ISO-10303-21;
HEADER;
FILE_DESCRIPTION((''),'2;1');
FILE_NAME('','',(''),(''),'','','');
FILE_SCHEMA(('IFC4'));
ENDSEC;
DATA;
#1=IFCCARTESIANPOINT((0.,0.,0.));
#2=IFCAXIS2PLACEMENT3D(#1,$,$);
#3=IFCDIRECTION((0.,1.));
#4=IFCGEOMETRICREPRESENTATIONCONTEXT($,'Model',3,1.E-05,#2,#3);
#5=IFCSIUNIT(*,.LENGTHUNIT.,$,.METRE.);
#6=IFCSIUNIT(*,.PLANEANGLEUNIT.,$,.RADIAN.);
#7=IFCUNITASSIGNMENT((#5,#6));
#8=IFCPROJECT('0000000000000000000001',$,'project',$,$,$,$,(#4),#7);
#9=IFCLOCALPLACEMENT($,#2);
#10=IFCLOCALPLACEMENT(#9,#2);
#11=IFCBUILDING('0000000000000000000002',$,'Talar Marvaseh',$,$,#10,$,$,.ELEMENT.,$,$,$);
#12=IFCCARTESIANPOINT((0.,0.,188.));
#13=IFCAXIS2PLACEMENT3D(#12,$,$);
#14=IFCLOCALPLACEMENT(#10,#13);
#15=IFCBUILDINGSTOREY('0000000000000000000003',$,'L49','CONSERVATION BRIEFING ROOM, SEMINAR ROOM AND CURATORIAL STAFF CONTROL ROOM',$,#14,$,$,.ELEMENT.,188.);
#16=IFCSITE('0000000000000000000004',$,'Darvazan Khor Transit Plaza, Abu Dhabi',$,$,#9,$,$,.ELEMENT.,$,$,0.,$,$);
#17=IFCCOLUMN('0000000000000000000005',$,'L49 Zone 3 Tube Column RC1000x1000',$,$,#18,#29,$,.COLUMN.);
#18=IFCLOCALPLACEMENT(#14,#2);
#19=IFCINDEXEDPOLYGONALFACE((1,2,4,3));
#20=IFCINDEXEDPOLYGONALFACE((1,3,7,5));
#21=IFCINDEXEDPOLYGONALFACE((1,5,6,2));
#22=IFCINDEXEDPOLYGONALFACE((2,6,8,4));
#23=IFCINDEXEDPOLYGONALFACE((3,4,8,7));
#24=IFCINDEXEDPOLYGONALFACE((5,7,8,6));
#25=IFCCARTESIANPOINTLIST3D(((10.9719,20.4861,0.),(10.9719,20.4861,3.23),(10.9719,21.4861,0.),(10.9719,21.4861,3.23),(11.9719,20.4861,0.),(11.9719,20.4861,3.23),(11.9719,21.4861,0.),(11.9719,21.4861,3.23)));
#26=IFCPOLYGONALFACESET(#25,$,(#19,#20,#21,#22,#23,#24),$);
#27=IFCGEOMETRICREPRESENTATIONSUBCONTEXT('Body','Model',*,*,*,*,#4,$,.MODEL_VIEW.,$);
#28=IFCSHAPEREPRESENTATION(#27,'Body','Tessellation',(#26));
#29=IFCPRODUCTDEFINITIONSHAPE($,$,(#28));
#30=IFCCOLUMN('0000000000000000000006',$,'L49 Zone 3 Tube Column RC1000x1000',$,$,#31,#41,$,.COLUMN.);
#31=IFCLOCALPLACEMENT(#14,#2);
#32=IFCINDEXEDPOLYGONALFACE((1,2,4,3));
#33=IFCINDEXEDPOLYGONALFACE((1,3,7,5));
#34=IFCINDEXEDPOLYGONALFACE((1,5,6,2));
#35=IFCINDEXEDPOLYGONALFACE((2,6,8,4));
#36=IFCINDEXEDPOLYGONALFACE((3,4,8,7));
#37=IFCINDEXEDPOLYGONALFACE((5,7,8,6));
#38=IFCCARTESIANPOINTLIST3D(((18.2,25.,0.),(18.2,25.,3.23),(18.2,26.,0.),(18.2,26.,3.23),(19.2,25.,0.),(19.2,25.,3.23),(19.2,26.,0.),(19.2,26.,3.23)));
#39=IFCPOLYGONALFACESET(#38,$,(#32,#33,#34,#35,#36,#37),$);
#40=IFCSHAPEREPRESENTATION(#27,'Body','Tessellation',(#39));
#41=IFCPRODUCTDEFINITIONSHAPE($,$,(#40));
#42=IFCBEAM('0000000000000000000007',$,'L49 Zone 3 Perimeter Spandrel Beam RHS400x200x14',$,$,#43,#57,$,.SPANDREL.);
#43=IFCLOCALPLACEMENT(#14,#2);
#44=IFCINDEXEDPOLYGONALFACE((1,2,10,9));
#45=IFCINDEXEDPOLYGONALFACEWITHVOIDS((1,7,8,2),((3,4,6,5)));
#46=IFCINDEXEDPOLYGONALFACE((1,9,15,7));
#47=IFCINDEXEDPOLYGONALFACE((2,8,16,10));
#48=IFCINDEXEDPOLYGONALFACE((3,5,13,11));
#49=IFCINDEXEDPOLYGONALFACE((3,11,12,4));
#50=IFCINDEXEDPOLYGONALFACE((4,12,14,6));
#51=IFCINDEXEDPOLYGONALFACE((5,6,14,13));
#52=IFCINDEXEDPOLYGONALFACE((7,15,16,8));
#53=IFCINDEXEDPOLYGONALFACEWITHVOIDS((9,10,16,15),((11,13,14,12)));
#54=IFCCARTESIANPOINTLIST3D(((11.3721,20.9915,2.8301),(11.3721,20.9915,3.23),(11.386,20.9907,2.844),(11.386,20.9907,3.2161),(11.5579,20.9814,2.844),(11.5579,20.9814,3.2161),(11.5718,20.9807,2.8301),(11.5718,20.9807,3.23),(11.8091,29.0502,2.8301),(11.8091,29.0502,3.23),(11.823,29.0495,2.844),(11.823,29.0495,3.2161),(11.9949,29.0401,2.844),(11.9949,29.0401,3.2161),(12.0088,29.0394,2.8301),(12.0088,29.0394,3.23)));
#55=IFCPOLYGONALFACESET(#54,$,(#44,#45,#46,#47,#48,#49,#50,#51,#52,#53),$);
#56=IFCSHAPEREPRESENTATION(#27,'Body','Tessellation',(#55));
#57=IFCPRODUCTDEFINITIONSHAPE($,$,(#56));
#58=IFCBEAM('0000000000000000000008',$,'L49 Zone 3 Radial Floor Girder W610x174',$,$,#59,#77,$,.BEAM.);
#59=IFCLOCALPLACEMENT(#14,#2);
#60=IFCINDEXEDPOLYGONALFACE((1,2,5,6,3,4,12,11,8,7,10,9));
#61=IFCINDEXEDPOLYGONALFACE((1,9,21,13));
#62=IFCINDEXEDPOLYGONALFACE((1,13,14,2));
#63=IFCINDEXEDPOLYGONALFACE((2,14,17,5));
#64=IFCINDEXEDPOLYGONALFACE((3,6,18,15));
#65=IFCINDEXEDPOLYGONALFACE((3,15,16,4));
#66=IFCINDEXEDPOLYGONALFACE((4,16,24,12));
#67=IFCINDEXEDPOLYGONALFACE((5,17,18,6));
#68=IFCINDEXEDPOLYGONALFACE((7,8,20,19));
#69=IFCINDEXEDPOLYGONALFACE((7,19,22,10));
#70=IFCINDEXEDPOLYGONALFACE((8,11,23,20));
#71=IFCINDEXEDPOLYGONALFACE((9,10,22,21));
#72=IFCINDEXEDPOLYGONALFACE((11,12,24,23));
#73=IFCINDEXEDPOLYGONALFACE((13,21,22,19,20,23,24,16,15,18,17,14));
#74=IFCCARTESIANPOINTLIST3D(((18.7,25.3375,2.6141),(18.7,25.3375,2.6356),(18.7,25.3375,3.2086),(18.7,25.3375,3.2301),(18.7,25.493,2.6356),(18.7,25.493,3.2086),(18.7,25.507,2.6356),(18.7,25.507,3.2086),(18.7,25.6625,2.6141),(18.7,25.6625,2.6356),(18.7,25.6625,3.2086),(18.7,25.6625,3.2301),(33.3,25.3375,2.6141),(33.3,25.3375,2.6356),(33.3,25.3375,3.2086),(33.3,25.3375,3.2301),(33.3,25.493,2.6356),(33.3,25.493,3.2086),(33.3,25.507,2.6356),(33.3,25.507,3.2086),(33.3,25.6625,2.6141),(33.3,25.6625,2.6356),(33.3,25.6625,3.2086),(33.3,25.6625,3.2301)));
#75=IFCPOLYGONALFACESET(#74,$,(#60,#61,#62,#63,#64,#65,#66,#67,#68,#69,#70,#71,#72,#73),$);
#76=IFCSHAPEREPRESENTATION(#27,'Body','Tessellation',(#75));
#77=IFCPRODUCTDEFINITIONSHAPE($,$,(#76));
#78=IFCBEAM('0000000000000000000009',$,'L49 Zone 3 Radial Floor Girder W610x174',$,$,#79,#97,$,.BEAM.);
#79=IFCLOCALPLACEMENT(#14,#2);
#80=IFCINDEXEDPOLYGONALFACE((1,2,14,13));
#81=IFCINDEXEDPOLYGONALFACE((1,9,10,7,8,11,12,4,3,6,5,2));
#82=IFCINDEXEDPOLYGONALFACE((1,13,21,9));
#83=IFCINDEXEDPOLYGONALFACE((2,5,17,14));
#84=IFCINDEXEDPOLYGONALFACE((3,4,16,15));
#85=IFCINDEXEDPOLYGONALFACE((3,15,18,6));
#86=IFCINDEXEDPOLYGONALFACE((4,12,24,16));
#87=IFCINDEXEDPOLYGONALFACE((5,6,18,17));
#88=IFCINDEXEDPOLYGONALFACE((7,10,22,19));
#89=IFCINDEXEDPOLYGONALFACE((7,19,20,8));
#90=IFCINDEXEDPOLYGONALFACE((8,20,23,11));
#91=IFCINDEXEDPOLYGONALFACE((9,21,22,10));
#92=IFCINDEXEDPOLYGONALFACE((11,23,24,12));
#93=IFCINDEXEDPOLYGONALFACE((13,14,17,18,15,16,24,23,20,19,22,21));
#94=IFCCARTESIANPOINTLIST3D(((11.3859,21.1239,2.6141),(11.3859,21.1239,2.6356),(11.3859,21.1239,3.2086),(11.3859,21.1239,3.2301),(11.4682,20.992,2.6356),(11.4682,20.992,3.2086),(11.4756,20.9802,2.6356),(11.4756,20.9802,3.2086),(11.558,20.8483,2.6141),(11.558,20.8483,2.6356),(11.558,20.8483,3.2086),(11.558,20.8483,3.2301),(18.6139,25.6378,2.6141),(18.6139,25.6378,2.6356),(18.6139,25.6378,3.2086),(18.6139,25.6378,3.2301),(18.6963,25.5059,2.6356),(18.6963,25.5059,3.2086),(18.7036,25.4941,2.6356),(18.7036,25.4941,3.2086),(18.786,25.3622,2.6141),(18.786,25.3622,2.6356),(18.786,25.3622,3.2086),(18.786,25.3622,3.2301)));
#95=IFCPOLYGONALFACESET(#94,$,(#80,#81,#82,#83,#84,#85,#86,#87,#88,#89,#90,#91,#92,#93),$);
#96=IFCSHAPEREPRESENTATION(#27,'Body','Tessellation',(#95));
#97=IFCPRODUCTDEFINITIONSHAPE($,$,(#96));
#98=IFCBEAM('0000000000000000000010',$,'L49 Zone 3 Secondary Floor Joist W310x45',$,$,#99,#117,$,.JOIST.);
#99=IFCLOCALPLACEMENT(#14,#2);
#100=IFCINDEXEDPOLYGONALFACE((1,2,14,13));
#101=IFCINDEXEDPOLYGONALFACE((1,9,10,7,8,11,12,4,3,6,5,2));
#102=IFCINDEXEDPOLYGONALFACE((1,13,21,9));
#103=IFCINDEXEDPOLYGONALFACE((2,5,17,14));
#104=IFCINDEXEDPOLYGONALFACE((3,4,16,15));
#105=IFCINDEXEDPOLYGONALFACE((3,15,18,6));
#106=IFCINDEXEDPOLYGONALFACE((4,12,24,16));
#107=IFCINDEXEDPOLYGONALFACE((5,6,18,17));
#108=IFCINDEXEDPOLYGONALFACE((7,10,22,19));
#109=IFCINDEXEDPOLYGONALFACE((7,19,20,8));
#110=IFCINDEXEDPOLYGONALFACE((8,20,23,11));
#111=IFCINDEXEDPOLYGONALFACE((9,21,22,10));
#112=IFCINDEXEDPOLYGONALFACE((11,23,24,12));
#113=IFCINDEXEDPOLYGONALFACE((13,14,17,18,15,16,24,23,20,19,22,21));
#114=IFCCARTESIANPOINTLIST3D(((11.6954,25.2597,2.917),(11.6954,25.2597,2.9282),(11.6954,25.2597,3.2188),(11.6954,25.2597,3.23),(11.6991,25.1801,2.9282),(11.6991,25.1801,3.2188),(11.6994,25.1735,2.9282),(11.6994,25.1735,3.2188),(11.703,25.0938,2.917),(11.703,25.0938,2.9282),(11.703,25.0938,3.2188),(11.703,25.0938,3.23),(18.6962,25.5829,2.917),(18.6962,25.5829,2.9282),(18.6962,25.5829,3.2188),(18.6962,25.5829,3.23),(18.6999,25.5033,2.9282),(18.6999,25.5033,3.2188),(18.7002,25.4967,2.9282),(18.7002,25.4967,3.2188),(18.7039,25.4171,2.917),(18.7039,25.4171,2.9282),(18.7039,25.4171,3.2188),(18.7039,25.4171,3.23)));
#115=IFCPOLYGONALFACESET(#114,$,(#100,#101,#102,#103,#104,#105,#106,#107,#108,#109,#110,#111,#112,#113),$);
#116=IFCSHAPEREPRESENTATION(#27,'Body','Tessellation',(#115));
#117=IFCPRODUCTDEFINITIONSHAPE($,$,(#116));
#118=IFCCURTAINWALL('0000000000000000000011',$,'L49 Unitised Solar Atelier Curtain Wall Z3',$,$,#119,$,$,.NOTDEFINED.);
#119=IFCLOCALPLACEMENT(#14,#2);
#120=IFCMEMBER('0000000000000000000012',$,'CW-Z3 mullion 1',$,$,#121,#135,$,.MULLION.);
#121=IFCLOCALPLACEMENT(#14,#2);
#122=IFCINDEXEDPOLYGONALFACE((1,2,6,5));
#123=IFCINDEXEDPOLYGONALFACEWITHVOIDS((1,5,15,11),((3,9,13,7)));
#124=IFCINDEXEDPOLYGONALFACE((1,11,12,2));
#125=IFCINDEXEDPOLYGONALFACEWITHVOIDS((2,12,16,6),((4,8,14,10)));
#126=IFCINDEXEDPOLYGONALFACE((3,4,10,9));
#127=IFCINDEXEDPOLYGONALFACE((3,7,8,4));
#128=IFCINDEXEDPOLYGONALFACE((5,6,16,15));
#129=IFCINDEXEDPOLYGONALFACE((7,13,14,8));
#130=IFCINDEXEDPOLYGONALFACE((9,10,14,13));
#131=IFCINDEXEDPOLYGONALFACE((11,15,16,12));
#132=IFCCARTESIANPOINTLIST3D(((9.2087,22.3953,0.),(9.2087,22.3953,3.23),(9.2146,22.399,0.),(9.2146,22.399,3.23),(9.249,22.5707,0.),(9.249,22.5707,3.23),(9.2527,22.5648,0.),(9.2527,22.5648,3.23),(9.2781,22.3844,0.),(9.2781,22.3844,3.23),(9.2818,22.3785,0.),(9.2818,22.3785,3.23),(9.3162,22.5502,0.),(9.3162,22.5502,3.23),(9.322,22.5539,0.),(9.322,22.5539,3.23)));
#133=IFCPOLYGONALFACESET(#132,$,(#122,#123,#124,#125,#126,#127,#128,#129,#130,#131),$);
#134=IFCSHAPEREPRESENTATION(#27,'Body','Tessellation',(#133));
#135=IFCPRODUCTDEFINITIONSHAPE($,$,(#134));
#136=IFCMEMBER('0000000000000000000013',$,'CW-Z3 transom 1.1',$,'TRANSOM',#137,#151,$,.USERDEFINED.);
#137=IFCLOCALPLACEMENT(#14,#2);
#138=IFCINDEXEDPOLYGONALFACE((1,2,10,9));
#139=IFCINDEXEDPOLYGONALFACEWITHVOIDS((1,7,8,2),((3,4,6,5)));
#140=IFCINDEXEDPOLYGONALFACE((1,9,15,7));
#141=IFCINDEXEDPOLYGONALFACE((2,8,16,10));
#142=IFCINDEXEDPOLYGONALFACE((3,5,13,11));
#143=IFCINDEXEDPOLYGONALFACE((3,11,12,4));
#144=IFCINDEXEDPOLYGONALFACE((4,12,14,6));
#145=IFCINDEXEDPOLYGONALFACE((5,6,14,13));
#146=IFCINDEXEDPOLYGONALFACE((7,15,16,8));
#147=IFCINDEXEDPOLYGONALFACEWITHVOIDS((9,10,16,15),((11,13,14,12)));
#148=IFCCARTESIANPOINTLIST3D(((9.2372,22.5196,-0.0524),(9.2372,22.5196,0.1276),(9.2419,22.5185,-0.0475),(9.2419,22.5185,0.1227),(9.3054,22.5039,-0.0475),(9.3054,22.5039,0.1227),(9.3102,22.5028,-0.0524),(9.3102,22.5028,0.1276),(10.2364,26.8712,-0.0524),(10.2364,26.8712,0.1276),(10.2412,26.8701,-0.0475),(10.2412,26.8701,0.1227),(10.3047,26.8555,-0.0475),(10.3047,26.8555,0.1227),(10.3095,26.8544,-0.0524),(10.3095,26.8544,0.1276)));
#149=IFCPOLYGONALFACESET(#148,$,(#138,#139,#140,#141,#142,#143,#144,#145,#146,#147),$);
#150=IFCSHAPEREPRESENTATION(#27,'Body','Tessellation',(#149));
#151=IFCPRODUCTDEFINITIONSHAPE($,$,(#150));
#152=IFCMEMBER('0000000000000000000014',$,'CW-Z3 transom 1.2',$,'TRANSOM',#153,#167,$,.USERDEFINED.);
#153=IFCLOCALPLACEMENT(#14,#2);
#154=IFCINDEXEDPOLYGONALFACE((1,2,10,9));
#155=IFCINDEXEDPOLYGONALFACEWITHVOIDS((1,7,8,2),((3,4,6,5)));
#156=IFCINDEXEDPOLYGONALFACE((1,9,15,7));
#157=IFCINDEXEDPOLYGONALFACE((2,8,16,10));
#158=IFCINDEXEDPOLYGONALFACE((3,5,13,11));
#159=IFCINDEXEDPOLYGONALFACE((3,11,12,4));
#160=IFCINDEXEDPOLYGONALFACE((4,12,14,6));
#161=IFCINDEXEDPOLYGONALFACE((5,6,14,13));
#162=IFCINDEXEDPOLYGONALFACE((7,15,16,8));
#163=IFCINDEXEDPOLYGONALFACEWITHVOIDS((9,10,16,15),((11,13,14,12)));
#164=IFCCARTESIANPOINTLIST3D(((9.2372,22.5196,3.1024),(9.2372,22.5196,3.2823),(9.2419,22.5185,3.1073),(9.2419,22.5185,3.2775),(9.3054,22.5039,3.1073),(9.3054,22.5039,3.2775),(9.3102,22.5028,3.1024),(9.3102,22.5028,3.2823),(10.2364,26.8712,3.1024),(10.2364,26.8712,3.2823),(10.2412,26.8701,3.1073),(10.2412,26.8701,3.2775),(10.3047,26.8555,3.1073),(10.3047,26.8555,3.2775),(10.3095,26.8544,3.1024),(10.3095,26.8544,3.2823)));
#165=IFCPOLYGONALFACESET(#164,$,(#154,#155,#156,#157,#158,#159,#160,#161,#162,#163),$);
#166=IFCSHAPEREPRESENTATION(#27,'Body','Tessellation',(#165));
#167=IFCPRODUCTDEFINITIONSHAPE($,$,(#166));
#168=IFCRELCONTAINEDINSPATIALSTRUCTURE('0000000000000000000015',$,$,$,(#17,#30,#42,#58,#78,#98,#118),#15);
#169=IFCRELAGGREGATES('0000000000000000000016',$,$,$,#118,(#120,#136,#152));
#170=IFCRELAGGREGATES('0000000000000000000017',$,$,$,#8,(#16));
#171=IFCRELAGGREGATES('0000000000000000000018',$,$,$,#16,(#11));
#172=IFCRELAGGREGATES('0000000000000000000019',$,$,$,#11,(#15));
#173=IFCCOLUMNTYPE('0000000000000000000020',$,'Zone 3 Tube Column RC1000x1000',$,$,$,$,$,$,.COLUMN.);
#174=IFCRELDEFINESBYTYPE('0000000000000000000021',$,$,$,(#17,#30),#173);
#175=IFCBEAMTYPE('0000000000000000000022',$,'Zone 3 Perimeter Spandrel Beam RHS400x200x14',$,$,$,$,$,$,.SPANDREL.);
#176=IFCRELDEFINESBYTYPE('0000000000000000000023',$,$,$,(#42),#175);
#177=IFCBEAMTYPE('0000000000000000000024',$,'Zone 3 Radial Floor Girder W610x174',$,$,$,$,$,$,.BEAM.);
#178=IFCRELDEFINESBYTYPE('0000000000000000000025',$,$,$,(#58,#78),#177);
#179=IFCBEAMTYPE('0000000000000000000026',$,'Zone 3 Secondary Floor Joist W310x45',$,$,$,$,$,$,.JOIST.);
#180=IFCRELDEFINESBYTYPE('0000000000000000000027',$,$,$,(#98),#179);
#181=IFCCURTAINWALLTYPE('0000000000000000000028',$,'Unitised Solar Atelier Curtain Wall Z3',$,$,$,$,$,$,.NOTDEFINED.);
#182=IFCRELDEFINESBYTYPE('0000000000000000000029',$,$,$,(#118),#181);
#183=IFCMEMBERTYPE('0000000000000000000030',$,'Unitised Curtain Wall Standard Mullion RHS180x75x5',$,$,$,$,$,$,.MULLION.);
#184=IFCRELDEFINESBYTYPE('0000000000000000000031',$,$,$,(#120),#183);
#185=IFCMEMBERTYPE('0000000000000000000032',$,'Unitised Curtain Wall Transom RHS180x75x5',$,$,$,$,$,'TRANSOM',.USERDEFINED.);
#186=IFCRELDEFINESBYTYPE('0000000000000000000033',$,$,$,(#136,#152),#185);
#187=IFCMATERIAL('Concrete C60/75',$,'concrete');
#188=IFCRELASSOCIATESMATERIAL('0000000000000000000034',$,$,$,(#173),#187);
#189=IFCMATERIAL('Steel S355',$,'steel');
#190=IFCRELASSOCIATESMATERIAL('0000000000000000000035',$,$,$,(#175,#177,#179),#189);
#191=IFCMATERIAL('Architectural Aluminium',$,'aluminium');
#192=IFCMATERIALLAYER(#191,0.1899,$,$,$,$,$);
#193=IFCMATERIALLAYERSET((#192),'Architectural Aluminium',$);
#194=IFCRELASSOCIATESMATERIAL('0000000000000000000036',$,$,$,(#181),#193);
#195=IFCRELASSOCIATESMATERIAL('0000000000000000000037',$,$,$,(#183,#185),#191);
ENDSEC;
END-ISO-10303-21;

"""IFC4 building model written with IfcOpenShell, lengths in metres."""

from ifc_helpers import new_model, si_unit, direction, frame, origin, origin_2d, place, context, subcontext, project, spatial, rectangle, hollow_rectangle, i_section, extrude, source, transform, mapped, material, layer, layer_set, material_profile, profile_set, type_object, type_shapes, element, aggregate, save


model = new_model("IFC4")

# Units and contexts
model_context = context("Model", 3, precision=1e-05, world=origin(), true_north=direction((0.0, 1.0)))
body_context = subcontext(model_context, "Body", "Model", "MODEL_VIEW")
ifc_project = project(units=[si_unit("LENGTHUNIT", "METRE"), si_unit("PLANEANGLEUNIT", "RADIAN")], contexts=[model_context])

# Site, building, storey
site_placement = place(None, origin())
site = spatial("IfcSite", under=ifc_project, at=site_placement, Name="Darvazan Khor Transit Plaza, Abu Dhabi", CompositionType="ELEMENT", RefElevation=0.0)
building_placement = place(site_placement, origin())
building = spatial("IfcBuilding", under=site, at=building_placement, Name="Talar Marvaseh", CompositionType="ELEMENT")
storey_placement = place(building_placement, frame((0.0, 0.0, 188.0)))
storey = spatial("IfcBuildingStorey", under=building, at=storey_placement, Name="L49", Description="CONSERVATION BRIEFING ROOM, SEMINAR ROOM AND CURATORIAL STAFF CONTROL ROOM", CompositionType="ELEMENT", Elevation=188.0)

# Columns
ifc_material_1 = material(Name="Concrete C60/75", Category="concrete")
ifc_material_profile_1 = material_profile(ifc_material_1, rectangle(XDim=1.0, YDim=1.0, at=origin_2d()), Name="RC1000x1000")
ifc_profile_set_1 = profile_set([ifc_material_profile_1], Name="Concrete C60/75")
column_type = type_object("IfcColumnType", Name="Zone 3 Tube Column RC1000x1000", PredefinedType="COLUMN", material=ifc_profile_set_1)
for number, where, z_axis, x_axis, name in (
    (1, (11.4719, 20.9861, 0.0), (0.0, 0.0, 1.0), (1.0, 0.0, 0.0), "L49 Zone 3 Tube Column RC1000x1000"),
    (2, (18.7, 25.5, 0.0), (0.0, 0.0, 1.0), (1.0, 0.0, 0.0), "L49 Zone 3 Tube Column RC1000x1000"),
):
    element("IfcColumn", number, at=place(storey_placement, frame(where, z_axis=z_axis, x_axis=x_axis)), inside=storey, type_object=column_type, Name=name, PredefinedType="COLUMN", context=body_context, shape_type="SweptSolid", body=[
        extrude(rectangle(XDim=1.0, YDim=1.0, at=origin_2d()), origin(), (0.0, 0.0, 1.0), 3.23),
    ])

# Beams
ifc_material_2 = material(Name="Steel S355", Category="steel")
ifc_material_profile_2 = material_profile(ifc_material_2, hollow_rectangle(XDim=0.2, YDim=0.3999, WallThickness=0.0139, at=origin_2d()), Name="RHS400x200x14")
ifc_profile_set_2 = profile_set([ifc_material_profile_2], Name="Steel S355")
beam_type_1 = type_object("IfcBeamType", Name="Zone 3 Perimeter Spandrel Beam RHS400x200x14", PredefinedType="SPANDREL", material=ifc_profile_set_2)
beam_1_placement = place(storey_placement, frame((11.4719, 20.9861, 3.03), z_axis=(0.054148, 0.998533, 0.0), x_axis=(-0.998533, 0.054148, 0.0)))
element("IfcBeam", 3, at=beam_1_placement, inside=storey, type_object=beam_type_1, Name="L49 Zone 3 Perimeter Spandrel Beam RHS400x200x14", PredefinedType="SPANDREL", context=body_context, shape_type="SweptSolid", body=[
    extrude(hollow_rectangle(XDim=0.2, YDim=0.3999, WallThickness=0.0139, at=origin_2d()), origin(), (0.0, 0.0, 1.0), 8.0706),
])
ifc_material_profile_3 = material_profile(ifc_material_2, i_section(OverallWidth=0.325, OverallDepth=0.616, WebThickness=0.0139, FlangeThickness=0.0215, at=origin_2d()), Name="W610x174")
ifc_profile_set_3 = profile_set([ifc_material_profile_3], Name="Steel S355")
beam_type_2 = type_object("IfcBeamType", Name="Zone 3 Radial Floor Girder W610x174", PredefinedType="BEAM", material=ifc_profile_set_3)
beam_2_placement = place(storey_placement, frame((18.7, 25.5, 2.9221), z_axis=(1.0, 0.0, 0.0), x_axis=(0.0, 1.0, 0.0)))
element("IfcBeam", 4, at=beam_2_placement, inside=storey, type_object=beam_type_2, Name="L49 Zone 3 Radial Floor Girder W610x174", PredefinedType="BEAM", context=body_context, shape_type="SweptSolid", body=[
    extrude(i_section(OverallWidth=0.325, OverallDepth=0.616, WebThickness=0.0139, FlangeThickness=0.0215, at=origin_2d()), origin(), (0.0, 0.0, 1.0), 14.6001),
])
beam_3_placement = place(storey_placement, frame((11.4719, 20.9861, 2.9221), z_axis=(0.848188, 0.529695, 0.0), x_axis=(-0.529695, 0.848188, 0.0)))
element("IfcBeam", 5, at=beam_3_placement, inside=storey, type_object=beam_type_2, Name="L49 Zone 3 Radial Floor Girder W610x174", PredefinedType="BEAM", context=body_context, shape_type="SweptSolid", body=[
    extrude(i_section(OverallWidth=0.325, OverallDepth=0.616, WebThickness=0.0139, FlangeThickness=0.0215, at=origin_2d()), origin(), (0.0, 0.0, 1.0), 8.5217),
])
ifc_material_profile_4 = material_profile(ifc_material_2, i_section(OverallWidth=0.166, OverallDepth=0.313, WebThickness=0.0066, FlangeThickness=0.0112, at=origin_2d()), Name="W310x45")
ifc_profile_set_4 = profile_set([ifc_material_profile_4], Name="Steel S355")
beam_type_3 = type_object("IfcBeamType", Name="Zone 3 Secondary Floor Joist W310x45", PredefinedType="JOIST", material=ifc_profile_set_4)
beam_4_placement = place(storey_placement, frame((11.6992, 25.1768, 3.0735), z_axis=(0.998936, 0.046123, 0.0), x_axis=(-0.046123, 0.998936, 0.0)))
element("IfcBeam", 6, at=beam_4_placement, inside=storey, type_object=beam_type_3, Name="L49 Zone 3 Secondary Floor Joist W310x45", PredefinedType="JOIST", context=body_context, shape_type="SweptSolid", body=[
    extrude(i_section(OverallWidth=0.166, OverallDepth=0.313, WebThickness=0.0066, FlangeThickness=0.0112, at=origin_2d()), origin(), (0.0, 0.0, 1.0), 7.0083),
])

# Curtain wall, members
ifc_material_3 = material(Name="Architectural Aluminium", Category="aluminium")
ifc_layer_1 = layer(ifc_material_3, 0.1899)
ifc_layer_set_1 = layer_set([ifc_layer_1], Name="Architectural Aluminium")
curtain_wall_type = type_object("IfcCurtainWallType", Name="Unitised Solar Atelier Curtain Wall Z3", PredefinedType="NOTDEFINED", material=ifc_layer_set_1)
curtain_wall_placement = place(storey_placement, origin())
curtain_wall = element("IfcCurtainWall", 7, at=curtain_wall_placement, inside=storey, type_object=curtain_wall_type, Name="L49 Unitised Solar Atelier Curtain Wall Z3", PredefinedType="NOTDEFINED")
ifc_material_profile_5 = material_profile(ifc_material_3, hollow_rectangle(XDim=0.075, YDim=0.1799, WallThickness=0.0049, at=origin_2d()), Name="RHS180x75x5")
ifc_profile_set_5 = profile_set([ifc_material_profile_5], Name="Architectural Aluminium")
member_type_1 = type_object("IfcMemberType", Name="Unitised Curtain Wall Standard Mullion RHS180x75x5", PredefinedType="MULLION", material=ifc_profile_set_5)
shared_shape_1 = source(origin(), body_context, "Body", "SweptSolid", [
    extrude(hollow_rectangle(XDim=0.075, YDim=0.1799, WallThickness=0.0049, at=origin_2d()), origin(), (0.0, 0.0, 1.0), 3.23),
])
type_shapes(member_type_1, [shared_shape_1])
member_1_placement = place(storey_placement, frame((9.2654, 22.4746, 0.0), z_axis=(0.0, 0.0, 1.0), x_axis=(-0.974636, 0.223796, 0.0)))
member_1 = element("IfcMember", 8, at=member_1_placement, type_object=member_type_1, Name="CW-Z3 mullion 1", PredefinedType="MULLION", context=body_context, shape_type="MappedRepresentation", body=[
    mapped(shared_shape_1, transform((0.0, 0.0, 0.0), x_axis=(1.0, 0.0, 0.0), y_axis=(0.0, 1.0, 0.0), z_axis=(0.0, 0.0, 1.0), scale=1.0)),
])
ifc_material_profile_6 = material_profile(ifc_material_3, hollow_rectangle(XDim=0.075, YDim=0.1799, WallThickness=0.0049, at=origin_2d()), Name="RHS180x75x5")
ifc_profile_set_6 = profile_set([ifc_material_profile_6], Name="Architectural Aluminium")
member_type_2 = type_object("IfcMemberType", Name="Unitised Curtain Wall Transom RHS180x75x5", ElementType="TRANSOM", PredefinedType="USERDEFINED", material=ifc_profile_set_6)
shared_shape_2 = source(origin(), body_context, "Body", "SweptSolid", [
    extrude(hollow_rectangle(XDim=0.075, YDim=0.1799, WallThickness=0.0049, at=origin_2d()), origin(), (0.0, 0.0, 1.0), 4.4648),
])
type_shapes(member_type_2, [shared_shape_2])
member_2_placement = place(storey_placement, frame((9.2737, 22.5112, 0.0376), z_axis=(0.223809, 0.974633, 0.0), x_axis=(-0.974633, 0.223809, 0.0)))
member_2 = element("IfcMember", 9, at=member_2_placement, type_object=member_type_2, Name="CW-Z3 transom 1.1", ObjectType="TRANSOM", PredefinedType="USERDEFINED", context=body_context, shape_type="MappedRepresentation", body=[
    mapped(shared_shape_2, transform((0.0, 0.0, 0.0), x_axis=(1.0, 0.0, 0.0), y_axis=(0.0, 1.0, 0.0), z_axis=(0.0, 0.0, 1.0), scale=1.0)),
])
member_3_placement = place(storey_placement, frame((9.2737, 22.5112, 3.1924), z_axis=(0.223809, 0.974633, 0.0), x_axis=(-0.974633, 0.223809, 0.0)))
member_3 = element("IfcMember", 10, at=member_3_placement, type_object=member_type_2, Name="CW-Z3 transom 1.2", ObjectType="TRANSOM", PredefinedType="USERDEFINED", context=body_context, shape_type="MappedRepresentation", body=[
    mapped(shared_shape_2, transform((0.0, 0.0, 0.0), x_axis=(1.0, 0.0, 0.0), y_axis=(0.0, 1.0, 0.0), z_axis=(0.0, 0.0, 1.0), scale=1.0)),
])
aggregate(curtain_wall, [member_1, member_2, member_3])

save(model, "model.ifc")
